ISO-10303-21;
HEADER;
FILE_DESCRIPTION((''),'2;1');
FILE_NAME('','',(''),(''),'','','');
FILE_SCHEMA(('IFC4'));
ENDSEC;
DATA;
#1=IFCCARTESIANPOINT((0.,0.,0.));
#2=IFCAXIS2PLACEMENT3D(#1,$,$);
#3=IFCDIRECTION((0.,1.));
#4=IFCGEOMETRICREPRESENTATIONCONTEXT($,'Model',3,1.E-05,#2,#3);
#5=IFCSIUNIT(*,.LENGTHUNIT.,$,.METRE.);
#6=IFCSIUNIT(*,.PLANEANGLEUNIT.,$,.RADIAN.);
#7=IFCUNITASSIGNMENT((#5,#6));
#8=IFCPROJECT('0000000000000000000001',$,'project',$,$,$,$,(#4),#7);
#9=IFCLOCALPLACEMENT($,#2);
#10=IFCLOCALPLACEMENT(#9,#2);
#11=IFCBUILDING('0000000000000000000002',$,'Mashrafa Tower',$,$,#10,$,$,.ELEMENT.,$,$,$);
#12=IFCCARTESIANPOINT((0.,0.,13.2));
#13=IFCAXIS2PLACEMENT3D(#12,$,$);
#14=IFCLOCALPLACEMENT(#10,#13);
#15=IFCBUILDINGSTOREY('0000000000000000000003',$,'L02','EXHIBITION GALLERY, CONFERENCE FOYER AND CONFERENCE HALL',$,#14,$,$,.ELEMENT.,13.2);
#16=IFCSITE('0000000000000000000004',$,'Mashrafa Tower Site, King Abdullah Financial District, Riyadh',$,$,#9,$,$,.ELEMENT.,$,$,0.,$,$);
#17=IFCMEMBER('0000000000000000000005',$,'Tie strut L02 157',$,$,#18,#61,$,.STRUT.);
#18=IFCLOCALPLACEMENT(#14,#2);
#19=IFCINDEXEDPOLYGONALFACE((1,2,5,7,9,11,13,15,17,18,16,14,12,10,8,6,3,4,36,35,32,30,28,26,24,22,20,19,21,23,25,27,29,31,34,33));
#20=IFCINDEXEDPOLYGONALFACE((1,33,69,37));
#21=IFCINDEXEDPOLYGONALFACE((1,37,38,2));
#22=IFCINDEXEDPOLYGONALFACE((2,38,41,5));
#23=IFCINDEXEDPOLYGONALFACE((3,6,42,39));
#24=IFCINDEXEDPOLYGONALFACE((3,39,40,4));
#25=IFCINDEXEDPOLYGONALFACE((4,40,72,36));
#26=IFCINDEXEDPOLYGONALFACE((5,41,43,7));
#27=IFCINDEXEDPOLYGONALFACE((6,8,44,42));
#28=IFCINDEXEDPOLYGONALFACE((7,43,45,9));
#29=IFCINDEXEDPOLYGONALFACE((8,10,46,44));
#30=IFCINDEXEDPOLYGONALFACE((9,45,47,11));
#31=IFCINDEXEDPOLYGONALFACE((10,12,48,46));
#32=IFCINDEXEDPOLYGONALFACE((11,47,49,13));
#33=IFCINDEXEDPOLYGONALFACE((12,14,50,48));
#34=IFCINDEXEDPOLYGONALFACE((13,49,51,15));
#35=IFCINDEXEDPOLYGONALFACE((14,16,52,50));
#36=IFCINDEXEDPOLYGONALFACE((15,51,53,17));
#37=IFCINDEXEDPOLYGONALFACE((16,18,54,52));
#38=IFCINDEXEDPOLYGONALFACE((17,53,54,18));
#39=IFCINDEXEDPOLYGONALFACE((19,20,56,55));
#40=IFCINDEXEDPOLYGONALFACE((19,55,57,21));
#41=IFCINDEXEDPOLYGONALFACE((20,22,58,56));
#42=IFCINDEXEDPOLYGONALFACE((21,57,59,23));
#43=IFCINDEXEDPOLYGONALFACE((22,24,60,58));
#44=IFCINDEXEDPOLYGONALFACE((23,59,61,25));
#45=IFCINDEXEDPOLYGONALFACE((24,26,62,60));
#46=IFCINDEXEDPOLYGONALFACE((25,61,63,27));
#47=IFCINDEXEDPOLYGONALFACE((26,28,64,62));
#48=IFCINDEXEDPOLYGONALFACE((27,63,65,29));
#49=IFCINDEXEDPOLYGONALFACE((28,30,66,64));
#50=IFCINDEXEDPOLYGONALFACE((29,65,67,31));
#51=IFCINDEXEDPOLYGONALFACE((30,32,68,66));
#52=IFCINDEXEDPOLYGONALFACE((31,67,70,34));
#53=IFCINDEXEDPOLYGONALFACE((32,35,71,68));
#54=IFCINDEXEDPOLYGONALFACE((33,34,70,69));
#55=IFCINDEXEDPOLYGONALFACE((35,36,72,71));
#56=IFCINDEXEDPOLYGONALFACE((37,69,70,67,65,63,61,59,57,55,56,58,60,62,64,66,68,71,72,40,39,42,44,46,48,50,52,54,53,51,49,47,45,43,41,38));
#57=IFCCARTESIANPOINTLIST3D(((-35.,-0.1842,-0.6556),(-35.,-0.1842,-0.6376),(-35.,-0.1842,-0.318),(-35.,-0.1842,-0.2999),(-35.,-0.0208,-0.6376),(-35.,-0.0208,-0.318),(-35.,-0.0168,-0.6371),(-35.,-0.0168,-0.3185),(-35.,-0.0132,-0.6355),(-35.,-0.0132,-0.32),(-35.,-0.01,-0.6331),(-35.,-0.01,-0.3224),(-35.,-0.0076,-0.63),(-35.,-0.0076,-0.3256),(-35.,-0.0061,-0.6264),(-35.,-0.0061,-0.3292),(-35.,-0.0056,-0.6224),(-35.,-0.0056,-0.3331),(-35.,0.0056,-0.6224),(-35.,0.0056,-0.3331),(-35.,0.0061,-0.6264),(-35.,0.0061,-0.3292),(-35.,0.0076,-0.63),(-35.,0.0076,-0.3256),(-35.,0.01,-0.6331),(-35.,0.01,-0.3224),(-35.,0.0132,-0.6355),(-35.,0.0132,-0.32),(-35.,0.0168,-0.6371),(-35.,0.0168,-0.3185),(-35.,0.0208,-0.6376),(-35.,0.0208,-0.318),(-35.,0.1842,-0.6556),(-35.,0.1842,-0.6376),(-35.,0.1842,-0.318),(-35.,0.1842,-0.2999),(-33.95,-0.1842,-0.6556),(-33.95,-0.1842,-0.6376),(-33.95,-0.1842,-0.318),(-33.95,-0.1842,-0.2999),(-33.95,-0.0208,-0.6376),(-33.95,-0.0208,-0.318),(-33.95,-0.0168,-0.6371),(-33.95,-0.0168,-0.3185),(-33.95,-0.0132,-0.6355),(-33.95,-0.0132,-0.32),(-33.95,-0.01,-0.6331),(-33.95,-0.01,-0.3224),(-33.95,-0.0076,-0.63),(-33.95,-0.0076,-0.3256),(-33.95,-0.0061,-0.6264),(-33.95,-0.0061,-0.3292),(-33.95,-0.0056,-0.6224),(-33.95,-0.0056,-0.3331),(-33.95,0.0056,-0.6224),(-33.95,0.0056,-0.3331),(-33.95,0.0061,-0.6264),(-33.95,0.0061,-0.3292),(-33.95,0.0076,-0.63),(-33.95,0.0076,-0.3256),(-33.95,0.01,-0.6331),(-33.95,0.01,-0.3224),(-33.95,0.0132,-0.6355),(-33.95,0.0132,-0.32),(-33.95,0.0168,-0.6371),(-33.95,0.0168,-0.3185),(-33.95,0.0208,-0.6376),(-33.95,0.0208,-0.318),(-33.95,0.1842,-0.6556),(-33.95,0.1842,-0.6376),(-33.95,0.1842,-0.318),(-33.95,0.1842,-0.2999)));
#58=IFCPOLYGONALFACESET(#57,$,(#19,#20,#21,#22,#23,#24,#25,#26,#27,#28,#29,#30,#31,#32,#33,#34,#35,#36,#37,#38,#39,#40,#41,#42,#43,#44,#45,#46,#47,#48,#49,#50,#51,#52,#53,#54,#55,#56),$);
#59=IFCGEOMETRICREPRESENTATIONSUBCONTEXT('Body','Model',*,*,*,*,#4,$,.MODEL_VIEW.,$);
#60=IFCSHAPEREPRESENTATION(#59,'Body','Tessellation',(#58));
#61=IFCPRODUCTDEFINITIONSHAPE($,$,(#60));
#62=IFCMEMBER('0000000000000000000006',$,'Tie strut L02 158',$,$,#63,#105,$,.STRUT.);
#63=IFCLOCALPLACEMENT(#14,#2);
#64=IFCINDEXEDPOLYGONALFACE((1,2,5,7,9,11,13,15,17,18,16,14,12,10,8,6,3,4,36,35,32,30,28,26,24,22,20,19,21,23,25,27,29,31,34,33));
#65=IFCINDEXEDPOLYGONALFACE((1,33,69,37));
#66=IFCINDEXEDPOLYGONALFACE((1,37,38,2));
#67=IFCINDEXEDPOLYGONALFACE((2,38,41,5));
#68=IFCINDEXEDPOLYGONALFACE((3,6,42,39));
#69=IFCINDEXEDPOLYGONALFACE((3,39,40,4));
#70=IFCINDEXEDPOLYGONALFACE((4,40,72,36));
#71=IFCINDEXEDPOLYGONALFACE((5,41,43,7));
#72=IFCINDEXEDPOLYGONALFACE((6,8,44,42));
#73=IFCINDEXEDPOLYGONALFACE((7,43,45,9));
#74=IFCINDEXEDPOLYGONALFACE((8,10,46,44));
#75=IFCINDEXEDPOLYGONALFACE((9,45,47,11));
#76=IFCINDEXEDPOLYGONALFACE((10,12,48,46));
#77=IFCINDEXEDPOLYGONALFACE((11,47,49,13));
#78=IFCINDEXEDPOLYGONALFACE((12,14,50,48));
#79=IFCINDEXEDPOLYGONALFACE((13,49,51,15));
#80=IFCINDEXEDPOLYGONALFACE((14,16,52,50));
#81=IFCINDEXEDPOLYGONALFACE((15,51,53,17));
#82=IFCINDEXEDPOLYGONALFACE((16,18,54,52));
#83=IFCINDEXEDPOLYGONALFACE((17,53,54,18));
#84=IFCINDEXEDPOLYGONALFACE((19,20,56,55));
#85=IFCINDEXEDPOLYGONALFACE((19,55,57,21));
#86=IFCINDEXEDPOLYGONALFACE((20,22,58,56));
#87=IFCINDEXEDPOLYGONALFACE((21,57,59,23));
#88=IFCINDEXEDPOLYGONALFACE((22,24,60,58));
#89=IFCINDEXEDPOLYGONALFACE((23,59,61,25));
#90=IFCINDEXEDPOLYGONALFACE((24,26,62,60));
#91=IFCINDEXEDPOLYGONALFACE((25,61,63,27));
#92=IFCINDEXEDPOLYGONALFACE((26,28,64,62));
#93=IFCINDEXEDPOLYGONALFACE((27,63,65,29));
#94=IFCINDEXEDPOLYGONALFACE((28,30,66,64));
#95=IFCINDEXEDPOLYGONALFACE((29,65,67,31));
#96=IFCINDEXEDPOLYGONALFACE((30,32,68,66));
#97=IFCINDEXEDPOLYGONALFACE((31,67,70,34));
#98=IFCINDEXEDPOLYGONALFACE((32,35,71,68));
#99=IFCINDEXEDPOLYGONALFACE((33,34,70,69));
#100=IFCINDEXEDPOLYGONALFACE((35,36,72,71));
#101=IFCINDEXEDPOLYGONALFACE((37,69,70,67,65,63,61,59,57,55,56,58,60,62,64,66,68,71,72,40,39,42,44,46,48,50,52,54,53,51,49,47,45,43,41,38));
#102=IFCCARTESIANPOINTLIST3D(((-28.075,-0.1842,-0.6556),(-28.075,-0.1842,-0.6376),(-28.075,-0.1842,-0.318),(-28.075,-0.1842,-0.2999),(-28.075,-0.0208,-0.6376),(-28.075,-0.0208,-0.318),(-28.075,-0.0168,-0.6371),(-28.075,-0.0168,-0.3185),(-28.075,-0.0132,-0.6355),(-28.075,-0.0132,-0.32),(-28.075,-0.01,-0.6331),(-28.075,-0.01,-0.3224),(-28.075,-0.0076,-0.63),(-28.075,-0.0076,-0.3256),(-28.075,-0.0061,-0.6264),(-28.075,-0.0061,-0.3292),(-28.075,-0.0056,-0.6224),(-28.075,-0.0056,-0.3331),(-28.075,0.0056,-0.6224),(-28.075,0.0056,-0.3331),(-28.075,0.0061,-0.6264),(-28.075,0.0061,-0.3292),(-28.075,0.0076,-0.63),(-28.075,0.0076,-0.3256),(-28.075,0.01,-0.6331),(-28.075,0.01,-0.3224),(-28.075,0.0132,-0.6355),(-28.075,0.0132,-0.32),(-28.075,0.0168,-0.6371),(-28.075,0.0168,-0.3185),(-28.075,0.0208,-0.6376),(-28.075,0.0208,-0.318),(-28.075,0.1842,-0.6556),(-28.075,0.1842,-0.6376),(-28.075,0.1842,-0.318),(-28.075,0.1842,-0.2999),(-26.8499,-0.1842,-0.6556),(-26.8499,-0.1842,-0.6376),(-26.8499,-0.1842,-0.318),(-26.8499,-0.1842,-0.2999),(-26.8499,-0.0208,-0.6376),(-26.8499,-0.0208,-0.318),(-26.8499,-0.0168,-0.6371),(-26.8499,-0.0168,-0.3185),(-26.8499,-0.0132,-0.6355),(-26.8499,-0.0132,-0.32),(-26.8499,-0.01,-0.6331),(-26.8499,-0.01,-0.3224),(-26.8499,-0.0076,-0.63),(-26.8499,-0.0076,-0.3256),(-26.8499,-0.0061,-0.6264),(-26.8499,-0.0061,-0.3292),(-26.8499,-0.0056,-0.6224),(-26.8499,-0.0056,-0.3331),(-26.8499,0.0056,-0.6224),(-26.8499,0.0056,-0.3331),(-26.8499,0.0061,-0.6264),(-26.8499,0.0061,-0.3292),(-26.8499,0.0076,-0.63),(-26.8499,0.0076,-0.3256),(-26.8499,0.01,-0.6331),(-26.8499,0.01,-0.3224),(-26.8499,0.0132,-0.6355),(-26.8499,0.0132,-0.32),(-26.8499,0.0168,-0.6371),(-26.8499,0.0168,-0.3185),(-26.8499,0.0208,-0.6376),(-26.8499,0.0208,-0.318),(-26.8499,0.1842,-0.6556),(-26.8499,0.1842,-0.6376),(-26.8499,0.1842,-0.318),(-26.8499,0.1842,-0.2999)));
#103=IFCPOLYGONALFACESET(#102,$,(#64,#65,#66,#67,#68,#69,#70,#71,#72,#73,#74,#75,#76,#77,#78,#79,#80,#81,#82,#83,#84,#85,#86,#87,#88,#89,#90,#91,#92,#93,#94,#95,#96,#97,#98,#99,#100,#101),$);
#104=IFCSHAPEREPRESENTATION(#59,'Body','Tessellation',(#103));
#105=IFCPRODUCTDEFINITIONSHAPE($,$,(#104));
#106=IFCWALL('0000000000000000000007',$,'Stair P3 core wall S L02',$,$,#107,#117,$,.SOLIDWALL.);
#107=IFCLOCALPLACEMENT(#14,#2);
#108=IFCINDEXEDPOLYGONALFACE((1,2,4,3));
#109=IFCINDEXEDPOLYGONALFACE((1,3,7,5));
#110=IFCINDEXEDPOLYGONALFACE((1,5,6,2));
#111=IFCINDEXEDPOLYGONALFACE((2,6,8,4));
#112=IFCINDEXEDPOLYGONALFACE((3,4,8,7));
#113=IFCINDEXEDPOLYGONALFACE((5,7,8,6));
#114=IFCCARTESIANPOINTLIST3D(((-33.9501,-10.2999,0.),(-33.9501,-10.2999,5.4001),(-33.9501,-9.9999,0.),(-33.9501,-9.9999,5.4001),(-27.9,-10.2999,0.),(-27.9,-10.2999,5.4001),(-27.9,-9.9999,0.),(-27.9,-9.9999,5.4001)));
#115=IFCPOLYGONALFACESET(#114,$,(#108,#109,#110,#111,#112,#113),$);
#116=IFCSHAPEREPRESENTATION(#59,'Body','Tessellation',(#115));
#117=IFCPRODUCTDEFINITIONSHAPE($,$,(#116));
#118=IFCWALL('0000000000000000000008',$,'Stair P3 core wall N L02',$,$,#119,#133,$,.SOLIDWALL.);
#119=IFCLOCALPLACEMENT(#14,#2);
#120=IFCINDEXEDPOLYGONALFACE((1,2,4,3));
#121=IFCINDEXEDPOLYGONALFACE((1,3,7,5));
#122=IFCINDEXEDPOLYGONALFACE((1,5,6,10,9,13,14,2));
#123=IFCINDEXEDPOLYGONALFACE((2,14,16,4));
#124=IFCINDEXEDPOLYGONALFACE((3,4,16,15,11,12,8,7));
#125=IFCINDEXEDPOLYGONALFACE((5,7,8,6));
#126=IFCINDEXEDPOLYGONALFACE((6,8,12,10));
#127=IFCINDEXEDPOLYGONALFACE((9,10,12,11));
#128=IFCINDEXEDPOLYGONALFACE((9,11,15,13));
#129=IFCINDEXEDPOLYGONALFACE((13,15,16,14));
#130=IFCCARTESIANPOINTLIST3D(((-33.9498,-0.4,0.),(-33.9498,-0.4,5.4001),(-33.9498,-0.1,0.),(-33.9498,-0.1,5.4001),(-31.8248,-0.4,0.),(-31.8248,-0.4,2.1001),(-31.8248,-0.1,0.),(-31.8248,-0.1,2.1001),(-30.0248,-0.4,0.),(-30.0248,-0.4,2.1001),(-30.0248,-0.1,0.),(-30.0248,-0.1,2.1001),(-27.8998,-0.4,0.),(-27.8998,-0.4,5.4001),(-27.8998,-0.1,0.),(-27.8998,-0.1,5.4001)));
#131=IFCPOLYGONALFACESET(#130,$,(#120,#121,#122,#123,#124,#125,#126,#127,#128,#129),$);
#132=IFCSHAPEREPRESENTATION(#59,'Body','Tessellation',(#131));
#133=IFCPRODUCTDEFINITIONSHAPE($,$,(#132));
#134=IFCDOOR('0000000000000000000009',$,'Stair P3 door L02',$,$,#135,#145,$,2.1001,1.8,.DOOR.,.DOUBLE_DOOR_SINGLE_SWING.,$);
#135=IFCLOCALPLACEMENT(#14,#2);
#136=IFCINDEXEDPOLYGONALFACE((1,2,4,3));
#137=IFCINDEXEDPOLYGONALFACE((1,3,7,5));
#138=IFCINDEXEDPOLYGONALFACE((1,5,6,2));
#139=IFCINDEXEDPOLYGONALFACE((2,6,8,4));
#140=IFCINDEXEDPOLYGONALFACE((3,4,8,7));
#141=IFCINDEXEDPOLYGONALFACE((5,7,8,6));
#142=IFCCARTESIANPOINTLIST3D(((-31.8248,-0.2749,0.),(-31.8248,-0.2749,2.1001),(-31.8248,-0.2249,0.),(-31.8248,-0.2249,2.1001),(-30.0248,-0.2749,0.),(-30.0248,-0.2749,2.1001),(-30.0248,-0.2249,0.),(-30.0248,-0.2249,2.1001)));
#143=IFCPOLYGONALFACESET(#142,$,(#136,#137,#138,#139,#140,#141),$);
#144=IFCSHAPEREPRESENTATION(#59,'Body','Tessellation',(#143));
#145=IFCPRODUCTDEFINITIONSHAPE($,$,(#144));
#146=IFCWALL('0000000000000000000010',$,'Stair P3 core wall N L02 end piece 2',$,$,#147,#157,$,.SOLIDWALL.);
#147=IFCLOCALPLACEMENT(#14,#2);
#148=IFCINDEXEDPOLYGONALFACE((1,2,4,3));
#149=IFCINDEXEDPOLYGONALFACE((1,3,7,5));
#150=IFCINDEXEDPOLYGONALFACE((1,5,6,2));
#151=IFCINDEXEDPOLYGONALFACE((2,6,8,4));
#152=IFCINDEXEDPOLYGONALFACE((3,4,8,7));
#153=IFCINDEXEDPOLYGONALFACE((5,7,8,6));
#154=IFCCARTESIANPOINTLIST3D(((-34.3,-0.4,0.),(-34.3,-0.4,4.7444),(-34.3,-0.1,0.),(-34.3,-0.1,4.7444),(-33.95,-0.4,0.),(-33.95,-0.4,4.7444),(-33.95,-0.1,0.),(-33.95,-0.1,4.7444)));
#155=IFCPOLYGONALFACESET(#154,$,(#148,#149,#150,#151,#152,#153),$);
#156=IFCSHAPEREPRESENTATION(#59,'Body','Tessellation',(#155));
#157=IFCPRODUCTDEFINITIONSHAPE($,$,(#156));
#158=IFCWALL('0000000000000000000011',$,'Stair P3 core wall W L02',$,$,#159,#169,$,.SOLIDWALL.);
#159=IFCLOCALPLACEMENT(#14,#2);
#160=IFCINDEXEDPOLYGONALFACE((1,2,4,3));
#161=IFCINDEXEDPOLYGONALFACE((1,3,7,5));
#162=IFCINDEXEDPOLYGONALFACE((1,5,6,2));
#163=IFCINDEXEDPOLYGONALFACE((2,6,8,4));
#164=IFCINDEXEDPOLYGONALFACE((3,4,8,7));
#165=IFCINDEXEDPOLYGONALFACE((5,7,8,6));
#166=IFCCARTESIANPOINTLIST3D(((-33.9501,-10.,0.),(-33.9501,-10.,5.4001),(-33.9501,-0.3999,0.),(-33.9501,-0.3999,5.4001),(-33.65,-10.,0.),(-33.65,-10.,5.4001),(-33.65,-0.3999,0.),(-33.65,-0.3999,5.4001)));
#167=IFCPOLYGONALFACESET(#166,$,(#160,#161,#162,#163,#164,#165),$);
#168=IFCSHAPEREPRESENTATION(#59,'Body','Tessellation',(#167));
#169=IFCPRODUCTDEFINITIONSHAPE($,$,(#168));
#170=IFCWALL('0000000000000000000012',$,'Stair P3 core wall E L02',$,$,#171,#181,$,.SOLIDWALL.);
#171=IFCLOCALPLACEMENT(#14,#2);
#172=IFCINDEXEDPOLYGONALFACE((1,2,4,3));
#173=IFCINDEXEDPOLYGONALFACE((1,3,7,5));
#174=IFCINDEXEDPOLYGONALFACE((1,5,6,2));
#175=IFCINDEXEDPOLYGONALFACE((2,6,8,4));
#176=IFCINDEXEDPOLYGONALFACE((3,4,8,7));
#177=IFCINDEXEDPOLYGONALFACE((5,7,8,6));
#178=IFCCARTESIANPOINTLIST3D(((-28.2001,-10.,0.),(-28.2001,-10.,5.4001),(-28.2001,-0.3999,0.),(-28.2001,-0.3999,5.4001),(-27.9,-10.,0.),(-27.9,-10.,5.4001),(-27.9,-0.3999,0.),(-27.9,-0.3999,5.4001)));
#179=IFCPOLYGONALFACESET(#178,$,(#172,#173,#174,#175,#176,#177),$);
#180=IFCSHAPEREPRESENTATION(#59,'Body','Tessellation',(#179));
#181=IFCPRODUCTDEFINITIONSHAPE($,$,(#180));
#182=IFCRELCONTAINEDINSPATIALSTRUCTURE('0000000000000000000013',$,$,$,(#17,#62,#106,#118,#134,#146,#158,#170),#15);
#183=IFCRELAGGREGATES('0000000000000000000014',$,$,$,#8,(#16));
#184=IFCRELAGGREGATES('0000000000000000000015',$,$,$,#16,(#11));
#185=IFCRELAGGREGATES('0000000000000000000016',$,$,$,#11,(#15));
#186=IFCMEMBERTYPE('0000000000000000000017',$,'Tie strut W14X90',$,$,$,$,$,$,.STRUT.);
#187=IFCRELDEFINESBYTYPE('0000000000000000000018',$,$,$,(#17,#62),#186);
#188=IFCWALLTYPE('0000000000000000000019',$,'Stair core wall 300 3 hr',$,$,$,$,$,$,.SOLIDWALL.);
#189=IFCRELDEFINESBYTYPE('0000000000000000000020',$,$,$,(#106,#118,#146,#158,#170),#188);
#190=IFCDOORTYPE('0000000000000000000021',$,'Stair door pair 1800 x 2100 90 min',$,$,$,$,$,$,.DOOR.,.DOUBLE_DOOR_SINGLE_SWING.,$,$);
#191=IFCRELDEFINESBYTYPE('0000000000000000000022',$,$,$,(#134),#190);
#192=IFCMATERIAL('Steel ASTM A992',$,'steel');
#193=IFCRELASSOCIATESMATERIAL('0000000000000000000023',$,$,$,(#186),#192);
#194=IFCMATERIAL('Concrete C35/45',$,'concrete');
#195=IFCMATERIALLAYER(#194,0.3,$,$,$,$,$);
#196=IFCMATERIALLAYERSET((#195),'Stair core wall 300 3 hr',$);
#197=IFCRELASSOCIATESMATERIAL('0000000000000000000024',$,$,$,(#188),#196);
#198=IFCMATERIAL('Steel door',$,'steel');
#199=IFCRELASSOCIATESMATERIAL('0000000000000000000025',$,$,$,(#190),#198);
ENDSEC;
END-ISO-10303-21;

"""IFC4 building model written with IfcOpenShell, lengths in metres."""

from ifc_helpers import new_model, si_unit, direction, frame, frame_2d, origin, origin_2d, place, context, subcontext, project, spatial, rectangle, i_section, extrude, source, transform, mapped, material, layer, layer_set, material_profile, profile_set, type_object, type_shapes, element, fill, save


model = new_model("IFC4")

# Units and contexts
model_context = context("Model", 3, precision=1e-05, world=origin(), true_north=direction((0.0, 1.0)))
body_context = subcontext(model_context, "Body", "Model", "MODEL_VIEW")
ifc_project = project(units=[si_unit("LENGTHUNIT", "METRE"), si_unit("PLANEANGLEUNIT", "RADIAN")], contexts=[model_context])

# Site, building, storey
site_placement = place(None, origin())
site = spatial("IfcSite", under=ifc_project, at=site_placement, Name="Mashrafa Tower Site, King Abdullah Financial District, Riyadh", CompositionType="ELEMENT", RefElevation=0.0)
building_placement = place(site_placement, origin())
building = spatial("IfcBuilding", under=site, at=building_placement, Name="Mashrafa Tower", CompositionType="ELEMENT")
storey_placement = place(building_placement, frame((0.0, 0.0, 13.2)))
storey = spatial("IfcBuildingStorey", under=building, at=storey_placement, Name="L02", Description="EXHIBITION GALLERY, CONFERENCE FOYER AND CONFERENCE HALL", CompositionType="ELEMENT", Elevation=13.2)

# Members
ifc_material_1 = material(Name="Steel ASTM A992", Category="steel")
ifc_material_profile_1 = material_profile(ifc_material_1, i_section(OverallWidth=0.3684, OverallDepth=0.3557, WebThickness=0.0112, FlangeThickness=0.0181, FilletRadius=0.0151, at=origin_2d()), Name="W14X90")
ifc_profile_set_1 = profile_set([ifc_material_profile_1], Name="Steel ASTM A992")
member_type_1 = type_object("IfcMemberType", Name="Tie strut W14X90", PredefinedType="STRUT", material=ifc_profile_set_1)
shared_shape_1 = source(origin(), body_context, "Body", "SweptSolid", [
    extrude(i_section(OverallWidth=0.3684, OverallDepth=0.3557, WebThickness=0.0112, FlangeThickness=0.0181, FilletRadius=0.0151, at=origin_2d()), origin(), (0.0, 0.0, 1.0), 1.05),
])
member_1_placement = place(storey_placement, frame((-33.95, 0.0, -0.4778), z_axis=(-1.0, 0.0, 0.0), x_axis=(0.0, -1.0, 0.0)))
element("IfcMember", 1, at=member_1_placement, inside=storey, type_object=member_type_1, Name="Tie strut L02 157", PredefinedType="STRUT", context=body_context, shape_type="MappedRepresentation", body=[
    mapped(shared_shape_1, transform((0.0, 0.0, 0.0))),
])
shared_shape_2 = source(origin(), body_context, "Body", "SweptSolid", [
    extrude(i_section(OverallWidth=0.3684, OverallDepth=0.3557, WebThickness=0.0112, FlangeThickness=0.0181, FilletRadius=0.0151, at=origin_2d()), origin(), (0.0, 0.0, 1.0), 1.2251),
])
type_shapes(member_type_1, [shared_shape_1, shared_shape_2])
member_2_placement = place(storey_placement, frame((-26.8499, 0.0, -0.4778), z_axis=(-1.0, 0.0, 0.0), x_axis=(0.0, -1.0, 0.0)))
element("IfcMember", 2, at=member_2_placement, inside=storey, type_object=member_type_1, Name="Tie strut L02 158", PredefinedType="STRUT", context=body_context, shape_type="MappedRepresentation", body=[
    mapped(shared_shape_2, transform((0.0, 0.0, 0.0))),
])

# Wall
ifc_material_2 = material(Name="Concrete C35/45", Category="concrete")
ifc_layer = layer(ifc_material_2, 0.3)
ifc_layer_set = layer_set([ifc_layer], Name="Stair core wall 300 3 hr")
wall_type = type_object("IfcWallType", Name="Stair core wall 300 3 hr", PredefinedType="SOLIDWALL", material=ifc_layer_set)
wall_1_placement = place(storey_placement, frame((-33.95, -10.1499, 0.0), z_axis=(0.0, 0.0, 1.0), x_axis=(1.0, 0.0, 0.0)))
element("IfcWall", 3, at=wall_1_placement, inside=storey, type_object=wall_type, Name="Stair P3 core wall S L02", PredefinedType="SOLIDWALL", context=body_context, shape_type="SweptSolid", body=[
    extrude(rectangle(XDim=6.05, YDim=0.3, at=frame_2d((3.0249, 0.0))), origin(), (0.0, 0.0, 1.0), 5.4001),
])

# Wall, opening, door
wall_2_placement = place(storey_placement, frame((-27.8999, -0.25, 0.0), z_axis=(0.0, 0.0, 1.0), x_axis=(-1.0, 0.0, 0.0)))
wall_2 = element("IfcWall", 4, at=wall_2_placement, inside=storey, type_object=wall_type, Name="Stair P3 core wall N L02", PredefinedType="SOLIDWALL", context=body_context, shape_type="SweptSolid", body=[
    extrude(rectangle(XDim=6.05, YDim=0.3, at=frame_2d((3.0249, 0.0))), origin(), (0.0, 0.0, 1.0), 5.4001),
])
opening_placement = place(wall_2_placement, frame((2.125, 0.0, 0.0)))
opening = element("IfcOpeningElement", 5, at=opening_placement, cuts=wall_2, PredefinedType="OPENING", context=body_context, shape_type="SweptSolid", body=[
    extrude(rectangle(XDim=1.8, YDim=2.1001, at=frame_2d((0.8999, 1.05))), frame((0.0, 0.1599, 0.0), z_axis=(0.0, -1.0, 0.0), x_axis=(1.0, 0.0, 0.0)), (0.0, 0.0, 1.0), 0.3201),
])
ifc_material_3 = material(Name="Steel door", Category="steel")
door_type = type_object("IfcDoorType", Name="Stair door pair 1800 x 2100 90 min", OperationType="DOUBLE_DOOR_SINGLE_SWING", PredefinedType="DOOR", material=ifc_material_3)
door_placement = place(opening_placement, origin())
door = element("IfcDoor", 6, at=door_placement, inside=storey, type_object=door_type, Name="Stair P3 door L02", OperationType="DOUBLE_DOOR_SINGLE_SWING", OverallHeight=2.1001, OverallWidth=1.8, PredefinedType="DOOR", context=body_context, shape_type="SweptSolid", body=[
    extrude(rectangle(XDim=1.8, YDim=2.1001, at=frame_2d((0.8999, 1.05))), frame((0.0, 0.0249, 0.0), z_axis=(0.0, -1.0, 0.0), x_axis=(1.0, 0.0, 0.0)), (0.0, 0.0, 1.0), 0.05),
])
fill(opening, door)

# Walls
wall_3_placement = place(storey_placement, frame((-33.95, -0.25, 0.0), z_axis=(0.0, 0.0, 1.0), x_axis=(-1.0, 0.0, 0.0)))
element("IfcWall", 7, at=wall_3_placement, inside=storey, type_object=wall_type, Name="Stair P3 core wall N L02 end piece 2", PredefinedType="SOLIDWALL", context=body_context, shape_type="SweptSolid", body=[
    extrude(rectangle(XDim=0.3501, YDim=0.3, at=frame_2d((0.175, 0.0))), origin(), (0.0, 0.0, 1.0), 4.7444),
])
for number, where, z_axis, x_axis, name in (
    (8, (-33.8, -0.3999, 0.0), (0.0, 0.0, 1.0), (0.0, -1.0, 0.0), "Stair P3 core wall W L02"),
    (9, (-28.05, -10.0, 0.0), (0.0, 0.0, 1.0), (0.0, 1.0, 0.0), "Stair P3 core wall E L02"),
):
    element("IfcWall", number, at=place(storey_placement, frame(where, z_axis=z_axis, x_axis=x_axis)), inside=storey, type_object=wall_type, Name=name, PredefinedType="SOLIDWALL", context=body_context, shape_type="SweptSolid", body=[
        extrude(rectangle(XDim=9.6001, YDim=0.3, at=frame_2d((4.8, 0.0))), origin(), (0.0, 0.0, 1.0), 5.4001),
    ])

save(model, "model.ifc")
